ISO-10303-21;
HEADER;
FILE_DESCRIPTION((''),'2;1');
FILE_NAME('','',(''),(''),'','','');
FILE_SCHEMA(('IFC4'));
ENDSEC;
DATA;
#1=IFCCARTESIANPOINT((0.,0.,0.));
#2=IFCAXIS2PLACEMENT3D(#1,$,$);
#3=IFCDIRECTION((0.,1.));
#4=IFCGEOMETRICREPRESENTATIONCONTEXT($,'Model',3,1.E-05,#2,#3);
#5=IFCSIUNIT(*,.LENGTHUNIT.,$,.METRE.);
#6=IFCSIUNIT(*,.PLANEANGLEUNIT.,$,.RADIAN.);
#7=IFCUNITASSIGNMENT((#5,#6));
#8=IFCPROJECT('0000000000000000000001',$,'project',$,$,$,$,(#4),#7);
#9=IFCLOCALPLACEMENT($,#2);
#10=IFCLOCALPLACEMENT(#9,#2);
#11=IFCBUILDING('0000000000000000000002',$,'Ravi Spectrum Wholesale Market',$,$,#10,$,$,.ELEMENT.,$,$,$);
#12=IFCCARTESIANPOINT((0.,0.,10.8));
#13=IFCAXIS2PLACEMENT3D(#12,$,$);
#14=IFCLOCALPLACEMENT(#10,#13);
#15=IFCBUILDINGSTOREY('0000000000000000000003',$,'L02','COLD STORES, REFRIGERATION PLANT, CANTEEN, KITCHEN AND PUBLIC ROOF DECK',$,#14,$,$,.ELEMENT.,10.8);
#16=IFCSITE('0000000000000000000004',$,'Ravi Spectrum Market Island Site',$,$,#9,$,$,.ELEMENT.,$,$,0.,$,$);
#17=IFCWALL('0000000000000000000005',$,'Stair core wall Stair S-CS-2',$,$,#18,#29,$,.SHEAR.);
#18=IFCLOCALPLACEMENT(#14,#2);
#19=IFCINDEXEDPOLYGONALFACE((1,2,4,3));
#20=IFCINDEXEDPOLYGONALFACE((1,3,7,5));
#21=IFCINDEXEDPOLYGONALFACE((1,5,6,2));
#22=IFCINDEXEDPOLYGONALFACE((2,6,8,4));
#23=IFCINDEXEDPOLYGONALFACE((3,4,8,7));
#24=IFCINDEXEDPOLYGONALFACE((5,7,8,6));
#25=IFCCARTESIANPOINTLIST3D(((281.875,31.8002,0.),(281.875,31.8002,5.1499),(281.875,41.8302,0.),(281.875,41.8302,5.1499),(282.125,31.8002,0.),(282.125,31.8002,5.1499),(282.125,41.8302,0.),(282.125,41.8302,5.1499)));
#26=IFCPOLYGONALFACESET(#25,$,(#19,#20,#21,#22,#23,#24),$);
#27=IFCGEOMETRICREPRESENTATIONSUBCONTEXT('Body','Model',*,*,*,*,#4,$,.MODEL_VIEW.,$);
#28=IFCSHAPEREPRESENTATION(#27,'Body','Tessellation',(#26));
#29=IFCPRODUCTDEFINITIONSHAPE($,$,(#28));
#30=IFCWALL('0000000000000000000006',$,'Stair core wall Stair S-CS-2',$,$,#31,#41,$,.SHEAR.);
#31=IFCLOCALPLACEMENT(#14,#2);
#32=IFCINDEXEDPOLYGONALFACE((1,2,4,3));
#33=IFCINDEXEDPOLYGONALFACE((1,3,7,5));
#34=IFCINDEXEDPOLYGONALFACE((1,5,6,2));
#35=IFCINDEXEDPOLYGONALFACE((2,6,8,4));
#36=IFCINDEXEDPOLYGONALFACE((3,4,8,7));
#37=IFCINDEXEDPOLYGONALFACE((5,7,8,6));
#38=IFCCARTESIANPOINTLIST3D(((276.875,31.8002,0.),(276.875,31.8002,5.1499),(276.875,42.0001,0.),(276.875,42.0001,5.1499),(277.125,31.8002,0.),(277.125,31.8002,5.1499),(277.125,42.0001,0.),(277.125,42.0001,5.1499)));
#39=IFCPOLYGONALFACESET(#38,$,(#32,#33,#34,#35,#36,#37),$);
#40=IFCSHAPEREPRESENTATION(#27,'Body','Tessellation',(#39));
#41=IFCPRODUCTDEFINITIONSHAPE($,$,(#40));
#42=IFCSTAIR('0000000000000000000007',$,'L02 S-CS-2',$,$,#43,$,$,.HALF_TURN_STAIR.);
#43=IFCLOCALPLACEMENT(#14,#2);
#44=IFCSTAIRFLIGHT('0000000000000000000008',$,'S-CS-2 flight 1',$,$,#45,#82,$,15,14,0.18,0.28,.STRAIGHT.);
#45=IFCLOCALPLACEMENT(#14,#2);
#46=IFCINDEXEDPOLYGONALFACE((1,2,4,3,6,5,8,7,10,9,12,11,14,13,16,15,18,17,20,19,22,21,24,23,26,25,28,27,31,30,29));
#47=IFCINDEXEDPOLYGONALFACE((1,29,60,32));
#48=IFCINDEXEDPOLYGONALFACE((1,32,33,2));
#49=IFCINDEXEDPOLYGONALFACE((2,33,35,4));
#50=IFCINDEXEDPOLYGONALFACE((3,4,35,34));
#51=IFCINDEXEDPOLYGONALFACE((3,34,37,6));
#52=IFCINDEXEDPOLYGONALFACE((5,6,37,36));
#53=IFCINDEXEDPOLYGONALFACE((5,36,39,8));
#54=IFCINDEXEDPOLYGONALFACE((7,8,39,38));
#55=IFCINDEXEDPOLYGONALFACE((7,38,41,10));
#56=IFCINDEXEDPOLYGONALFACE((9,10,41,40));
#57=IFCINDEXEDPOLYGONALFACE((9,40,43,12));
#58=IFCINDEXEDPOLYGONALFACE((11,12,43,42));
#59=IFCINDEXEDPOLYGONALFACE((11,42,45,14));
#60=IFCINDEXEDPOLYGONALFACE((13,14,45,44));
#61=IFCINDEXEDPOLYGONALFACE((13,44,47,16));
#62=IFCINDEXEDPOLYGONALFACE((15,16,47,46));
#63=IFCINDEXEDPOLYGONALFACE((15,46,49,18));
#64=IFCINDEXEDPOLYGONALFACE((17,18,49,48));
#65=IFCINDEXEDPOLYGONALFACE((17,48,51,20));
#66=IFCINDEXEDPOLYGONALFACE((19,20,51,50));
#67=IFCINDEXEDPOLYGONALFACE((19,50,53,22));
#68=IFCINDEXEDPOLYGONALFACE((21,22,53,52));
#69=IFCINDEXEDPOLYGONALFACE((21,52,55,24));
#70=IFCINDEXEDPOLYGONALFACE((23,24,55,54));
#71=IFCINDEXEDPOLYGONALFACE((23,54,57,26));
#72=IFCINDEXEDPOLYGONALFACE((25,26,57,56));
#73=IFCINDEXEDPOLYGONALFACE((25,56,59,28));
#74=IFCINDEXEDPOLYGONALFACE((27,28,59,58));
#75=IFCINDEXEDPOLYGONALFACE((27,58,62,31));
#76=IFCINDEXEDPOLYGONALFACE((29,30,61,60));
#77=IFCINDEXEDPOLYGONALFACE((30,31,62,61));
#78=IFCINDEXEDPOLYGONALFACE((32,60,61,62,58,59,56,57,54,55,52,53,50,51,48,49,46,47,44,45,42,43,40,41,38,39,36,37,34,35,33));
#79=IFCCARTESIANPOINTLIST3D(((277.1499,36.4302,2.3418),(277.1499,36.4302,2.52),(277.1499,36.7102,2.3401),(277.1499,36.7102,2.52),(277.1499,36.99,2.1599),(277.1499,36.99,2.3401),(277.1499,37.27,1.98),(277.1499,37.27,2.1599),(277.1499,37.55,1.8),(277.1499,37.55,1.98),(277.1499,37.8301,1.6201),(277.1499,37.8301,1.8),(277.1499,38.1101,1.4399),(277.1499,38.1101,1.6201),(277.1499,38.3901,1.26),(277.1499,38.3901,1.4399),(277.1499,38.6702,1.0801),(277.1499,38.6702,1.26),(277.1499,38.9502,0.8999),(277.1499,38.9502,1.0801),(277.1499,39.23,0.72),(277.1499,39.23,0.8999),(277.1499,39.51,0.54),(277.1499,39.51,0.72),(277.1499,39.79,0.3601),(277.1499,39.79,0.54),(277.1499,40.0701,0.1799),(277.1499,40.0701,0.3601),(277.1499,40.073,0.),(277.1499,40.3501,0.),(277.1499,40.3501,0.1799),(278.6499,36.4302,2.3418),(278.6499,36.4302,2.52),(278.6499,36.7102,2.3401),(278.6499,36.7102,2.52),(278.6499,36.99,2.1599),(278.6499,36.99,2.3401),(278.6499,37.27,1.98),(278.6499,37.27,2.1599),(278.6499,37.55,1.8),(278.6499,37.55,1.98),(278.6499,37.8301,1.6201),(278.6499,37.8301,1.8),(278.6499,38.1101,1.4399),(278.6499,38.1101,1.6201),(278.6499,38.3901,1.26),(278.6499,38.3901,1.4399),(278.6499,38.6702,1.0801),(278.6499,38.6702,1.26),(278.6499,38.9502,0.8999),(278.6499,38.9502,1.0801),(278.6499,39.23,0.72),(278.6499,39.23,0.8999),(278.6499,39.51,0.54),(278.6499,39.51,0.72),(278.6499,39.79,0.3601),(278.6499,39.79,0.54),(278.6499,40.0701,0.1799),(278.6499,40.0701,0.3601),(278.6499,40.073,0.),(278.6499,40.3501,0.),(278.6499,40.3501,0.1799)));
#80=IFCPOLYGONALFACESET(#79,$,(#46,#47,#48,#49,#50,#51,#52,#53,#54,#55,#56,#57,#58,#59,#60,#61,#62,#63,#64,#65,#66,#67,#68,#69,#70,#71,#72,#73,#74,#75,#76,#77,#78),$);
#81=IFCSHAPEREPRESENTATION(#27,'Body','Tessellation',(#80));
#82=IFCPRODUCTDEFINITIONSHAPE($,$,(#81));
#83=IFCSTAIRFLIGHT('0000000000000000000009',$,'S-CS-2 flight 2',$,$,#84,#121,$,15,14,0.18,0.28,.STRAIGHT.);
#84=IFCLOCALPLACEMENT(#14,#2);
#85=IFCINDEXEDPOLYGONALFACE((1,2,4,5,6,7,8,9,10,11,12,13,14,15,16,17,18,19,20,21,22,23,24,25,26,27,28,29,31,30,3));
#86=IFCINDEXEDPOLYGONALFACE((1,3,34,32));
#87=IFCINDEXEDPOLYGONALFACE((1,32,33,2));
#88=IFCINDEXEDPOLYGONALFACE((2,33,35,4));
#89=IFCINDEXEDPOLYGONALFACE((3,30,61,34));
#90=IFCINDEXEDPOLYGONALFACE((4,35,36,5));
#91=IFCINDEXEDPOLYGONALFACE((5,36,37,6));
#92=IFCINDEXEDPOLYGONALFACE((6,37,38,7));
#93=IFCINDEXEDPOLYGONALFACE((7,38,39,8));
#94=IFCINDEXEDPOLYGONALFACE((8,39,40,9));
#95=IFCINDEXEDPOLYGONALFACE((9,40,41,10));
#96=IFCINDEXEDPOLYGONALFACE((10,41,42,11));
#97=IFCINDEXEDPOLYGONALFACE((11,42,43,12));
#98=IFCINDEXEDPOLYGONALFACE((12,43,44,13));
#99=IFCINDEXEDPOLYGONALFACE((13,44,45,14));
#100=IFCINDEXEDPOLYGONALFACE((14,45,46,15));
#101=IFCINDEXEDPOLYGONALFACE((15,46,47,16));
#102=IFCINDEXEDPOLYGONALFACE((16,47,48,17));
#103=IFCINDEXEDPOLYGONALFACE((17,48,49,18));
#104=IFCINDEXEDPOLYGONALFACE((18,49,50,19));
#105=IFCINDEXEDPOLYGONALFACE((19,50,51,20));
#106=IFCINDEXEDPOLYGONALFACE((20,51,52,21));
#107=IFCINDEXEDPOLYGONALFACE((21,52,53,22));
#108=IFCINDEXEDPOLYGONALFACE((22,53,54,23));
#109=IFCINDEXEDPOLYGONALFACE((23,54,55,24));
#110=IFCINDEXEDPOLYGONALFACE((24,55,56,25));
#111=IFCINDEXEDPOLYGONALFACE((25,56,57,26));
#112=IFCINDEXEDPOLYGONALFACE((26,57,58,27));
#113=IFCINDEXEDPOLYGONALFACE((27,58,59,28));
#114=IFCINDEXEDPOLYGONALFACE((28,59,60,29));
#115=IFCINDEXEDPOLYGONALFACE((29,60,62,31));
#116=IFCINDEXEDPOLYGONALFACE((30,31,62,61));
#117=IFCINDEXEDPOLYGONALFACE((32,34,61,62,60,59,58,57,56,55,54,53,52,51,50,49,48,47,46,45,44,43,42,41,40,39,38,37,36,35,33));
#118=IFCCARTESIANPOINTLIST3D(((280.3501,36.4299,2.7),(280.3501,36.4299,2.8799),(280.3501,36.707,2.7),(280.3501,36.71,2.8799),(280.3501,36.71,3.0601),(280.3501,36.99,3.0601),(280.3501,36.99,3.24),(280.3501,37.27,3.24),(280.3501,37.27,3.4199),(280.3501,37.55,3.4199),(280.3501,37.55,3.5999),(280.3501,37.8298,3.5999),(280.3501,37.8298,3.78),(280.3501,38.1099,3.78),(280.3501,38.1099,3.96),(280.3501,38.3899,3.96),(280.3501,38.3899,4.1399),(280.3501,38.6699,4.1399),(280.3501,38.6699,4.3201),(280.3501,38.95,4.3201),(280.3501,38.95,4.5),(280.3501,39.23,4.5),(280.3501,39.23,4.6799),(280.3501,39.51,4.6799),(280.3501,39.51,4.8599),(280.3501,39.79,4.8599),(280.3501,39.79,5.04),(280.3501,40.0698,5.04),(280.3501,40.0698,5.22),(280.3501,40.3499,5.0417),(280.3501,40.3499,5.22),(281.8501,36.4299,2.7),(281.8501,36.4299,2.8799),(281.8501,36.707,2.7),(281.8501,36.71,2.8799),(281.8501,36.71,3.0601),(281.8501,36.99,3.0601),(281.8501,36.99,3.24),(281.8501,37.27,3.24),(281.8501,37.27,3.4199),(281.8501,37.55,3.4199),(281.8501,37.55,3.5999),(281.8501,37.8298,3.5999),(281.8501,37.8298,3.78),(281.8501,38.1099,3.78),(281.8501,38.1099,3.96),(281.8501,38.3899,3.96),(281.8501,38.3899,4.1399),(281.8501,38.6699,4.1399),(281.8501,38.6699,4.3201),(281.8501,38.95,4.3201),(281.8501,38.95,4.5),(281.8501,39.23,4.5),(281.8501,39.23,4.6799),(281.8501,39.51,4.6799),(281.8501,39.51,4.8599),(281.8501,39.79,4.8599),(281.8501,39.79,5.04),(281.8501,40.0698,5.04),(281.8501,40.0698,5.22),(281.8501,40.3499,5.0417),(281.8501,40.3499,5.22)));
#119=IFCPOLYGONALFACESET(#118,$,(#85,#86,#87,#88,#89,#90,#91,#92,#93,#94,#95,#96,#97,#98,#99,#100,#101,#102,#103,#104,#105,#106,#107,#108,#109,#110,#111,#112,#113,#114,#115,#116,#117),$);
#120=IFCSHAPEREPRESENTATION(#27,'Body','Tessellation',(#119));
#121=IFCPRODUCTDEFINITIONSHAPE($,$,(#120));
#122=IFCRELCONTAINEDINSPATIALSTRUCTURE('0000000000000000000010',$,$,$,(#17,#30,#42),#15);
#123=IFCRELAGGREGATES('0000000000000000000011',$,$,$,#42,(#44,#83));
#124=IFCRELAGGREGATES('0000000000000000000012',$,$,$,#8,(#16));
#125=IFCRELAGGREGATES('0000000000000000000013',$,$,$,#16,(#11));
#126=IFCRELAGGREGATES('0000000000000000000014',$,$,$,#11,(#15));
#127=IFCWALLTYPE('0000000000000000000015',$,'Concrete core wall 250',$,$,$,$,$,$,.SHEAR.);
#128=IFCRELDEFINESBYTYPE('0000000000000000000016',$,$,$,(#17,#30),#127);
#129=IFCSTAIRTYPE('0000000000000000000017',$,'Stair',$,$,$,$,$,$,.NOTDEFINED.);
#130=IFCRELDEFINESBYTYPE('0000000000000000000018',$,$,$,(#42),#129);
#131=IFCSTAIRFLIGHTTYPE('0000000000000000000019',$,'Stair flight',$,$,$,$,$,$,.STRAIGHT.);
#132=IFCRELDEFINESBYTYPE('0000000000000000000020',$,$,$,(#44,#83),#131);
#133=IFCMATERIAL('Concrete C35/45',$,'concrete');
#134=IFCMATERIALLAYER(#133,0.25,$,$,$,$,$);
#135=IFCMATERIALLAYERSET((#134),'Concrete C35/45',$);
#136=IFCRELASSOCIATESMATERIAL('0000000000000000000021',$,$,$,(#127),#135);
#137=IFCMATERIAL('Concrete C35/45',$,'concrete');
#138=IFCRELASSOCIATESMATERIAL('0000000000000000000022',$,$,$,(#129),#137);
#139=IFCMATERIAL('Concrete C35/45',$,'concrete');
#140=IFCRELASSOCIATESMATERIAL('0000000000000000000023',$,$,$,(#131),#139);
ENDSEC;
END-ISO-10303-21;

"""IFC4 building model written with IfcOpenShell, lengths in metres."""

from ifc_helpers import new_model, si_unit, direction, frame, frame_2d, origin, place, context, subcontext, project, spatial, polyline, rectangle, outline, extrude, material, layer, layer_set, type_object, element, aggregate, save


model = new_model("IFC4")

# Units and contexts
model_context = context("Model", 3, precision=1e-05, world=origin(), true_north=direction((0.0, 1.0)))
body_context = subcontext(model_context, "Body", "Model", "MODEL_VIEW")
ifc_project = project(units=[si_unit("LENGTHUNIT", "METRE"), si_unit("PLANEANGLEUNIT", "RADIAN")], contexts=[model_context])

# Site, building, storey
site_placement = place(None, origin())
site = spatial("IfcSite", under=ifc_project, at=site_placement, Name="Ravi Spectrum Market Island Site", CompositionType="ELEMENT", RefElevation=0.0)
building_placement = place(site_placement, origin())
building = spatial("IfcBuilding", under=site, at=building_placement, Name="Ravi Spectrum Wholesale Market", CompositionType="ELEMENT")
storey_placement = place(building_placement, frame((0.0, 0.0, 10.8)))
storey = spatial("IfcBuildingStorey", under=building, at=storey_placement, Name="L02", Description="COLD STORES, REFRIGERATION PLANT, CANTEEN, KITCHEN AND PUBLIC ROOF DECK", CompositionType="ELEMENT", Elevation=10.8)

# Walls
ifc_material_1 = material(Name="Concrete C35/45", Category="concrete")
ifc_layer_1 = layer(ifc_material_1, 0.25)
ifc_layer_set_1 = layer_set([ifc_layer_1], Name="Concrete C35/45")
wall_type_1 = type_object("IfcWallType", Name="Concrete core wall 250", PredefinedType="SHEAR", material=ifc_layer_set_1)
wall_1_placement = place(storey_placement, frame((282.0, 31.8, 0.0), z_axis=(0.0, 0.0, 1.0), x_axis=(0.0, 1.0, 0.0)))
element("IfcWall", 1, at=wall_1_placement, inside=storey, type_object=wall_type_1, Name="Stair core wall Stair S-CS-2", PredefinedType="SHEAR", context=body_context, shape_type="SweptSolid", body=[
    extrude(rectangle(XDim=10.03, YDim=0.25, at=frame_2d((5.0151, 0.0))), origin(), (0.0, 0.0, 1.0), 5.1499),
])
wall_2_placement = place(storey_placement, frame((277.0, 31.8, 0.0), z_axis=(0.0, 0.0, 1.0), x_axis=(0.0, 1.0, 0.0)))
element("IfcWall", 2, at=wall_2_placement, inside=storey, type_object=wall_type_1, Name="Stair core wall Stair S-CS-2", PredefinedType="SHEAR", context=body_context, shape_type="SweptSolid", body=[
    extrude(rectangle(XDim=10.2, YDim=0.25, at=frame_2d((5.1001, 0.0))), origin(), (0.0, 0.0, 1.0), 5.1499),
])

# Stair, stair flights
ifc_material_2 = material(Name="Concrete C35/45", Category="concrete")
stair_type = type_object("IfcStairType", Name="Stair", PredefinedType="NOTDEFINED", material=ifc_material_2)
stair_placement = place(storey_placement, origin())
stair = element("IfcStair", 3, at=stair_placement, inside=storey, type_object=stair_type, Name="L02 S-CS-2", PredefinedType="HALF_TURN_STAIR")
ifc_material_3 = material(Name="Concrete C35/45", Category="concrete")
stair_flight_type = type_object("IfcStairFlightType", Name="Stair flight", PredefinedType="STRAIGHT", material=ifc_material_3)
stair_flight_1_placement = place(storey_placement, frame((277.8999, 40.3501, 0.0), z_axis=(0.0, 0.0, 1.0), x_axis=(0.0, -1.0, 0.0)))
stair_flight_1 = element("IfcStairFlight", 4, at=stair_flight_1_placement, type_object=stair_flight_type, Name="S-CS-2 flight 1", NumberOfRisers=15, NumberOfTreads=14, PredefinedType="STRAIGHT", RiserHeight=0.18, TreadLength=0.28, context=body_context, shape_type="SweptSolid", body=[
    extrude(outline(polyline([(0.0, 0.0), (0.0, 0.1799), (0.28, 0.1799), (0.28, 0.3601), (0.5601, 0.3601), (0.5601, 0.54), (0.8401, 0.54), (0.8401, 0.72), (1.1201, 0.72), (1.1201, 0.8999), (1.3999, 0.8999), (1.3999, 1.0801), (1.6799, 1.0801), (1.6799, 1.26), (1.96, 1.26), (1.96, 1.4399), (2.24, 1.4399), (2.24, 1.6201), (2.52, 1.6201), (2.52, 1.8), (2.8, 1.8), (2.8, 1.98), (3.0801, 1.98), (3.0801, 2.1599), (3.3601, 2.1599), (3.3601, 2.3401), (3.6399, 2.3401), (3.6399, 2.52), (3.9199, 2.52), (3.9199, 2.7), (3.9199, 2.3418), (0.2771, 0.0), (0.0, 0.0)])), frame((0.0, 0.75, 0.0), z_axis=(0.0, -1.0, 0.0), x_axis=(1.0, 0.0, 0.0)), (0.0, 0.0, 1.0), 1.5),
])
stair_flight_2_placement = place(storey_placement, frame((281.1001, 36.4299, 2.7), z_axis=(0.0, 0.0, 1.0), x_axis=(0.0, 1.0, 0.0)))
stair_flight_2 = element("IfcStairFlight", 5, at=stair_flight_2_placement, type_object=stair_flight_type, Name="S-CS-2 flight 2", NumberOfRisers=15, NumberOfTreads=14, PredefinedType="STRAIGHT", RiserHeight=0.18, TreadLength=0.28, context=body_context, shape_type="SweptSolid", body=[
    extrude(outline(polyline([(0.0, 0.0), (0.0, 0.1799), (0.28, 0.1799), (0.28, 0.3601), (0.5601, 0.3601), (0.5601, 0.54), (0.8401, 0.54), (0.8401, 0.72), (1.1201, 0.72), (1.1201, 0.8999), (1.3999, 0.8999), (1.3999, 1.0801), (1.6799, 1.0801), (1.6799, 1.26), (1.96, 1.26), (1.96, 1.4399), (2.24, 1.4399), (2.24, 1.6201), (2.52, 1.6201), (2.52, 1.8), (2.8, 1.8), (2.8, 1.98), (3.0801, 1.98), (3.0801, 2.1599), (3.3601, 2.1599), (3.3601, 2.3401), (3.6399, 2.3401), (3.6399, 2.52), (3.9199, 2.52), (3.9199, 2.7), (3.9199, 2.3418), (0.2771, 0.0), (0.0, 0.0)])), frame((0.0, 0.75, 0.0), z_axis=(0.0, -1.0, 0.0), x_axis=(1.0, 0.0, 0.0)), (0.0, 0.0, 1.0), 1.5),
])
aggregate(stair, [stair_flight_1, stair_flight_2])

save(model, "model.ifc")
